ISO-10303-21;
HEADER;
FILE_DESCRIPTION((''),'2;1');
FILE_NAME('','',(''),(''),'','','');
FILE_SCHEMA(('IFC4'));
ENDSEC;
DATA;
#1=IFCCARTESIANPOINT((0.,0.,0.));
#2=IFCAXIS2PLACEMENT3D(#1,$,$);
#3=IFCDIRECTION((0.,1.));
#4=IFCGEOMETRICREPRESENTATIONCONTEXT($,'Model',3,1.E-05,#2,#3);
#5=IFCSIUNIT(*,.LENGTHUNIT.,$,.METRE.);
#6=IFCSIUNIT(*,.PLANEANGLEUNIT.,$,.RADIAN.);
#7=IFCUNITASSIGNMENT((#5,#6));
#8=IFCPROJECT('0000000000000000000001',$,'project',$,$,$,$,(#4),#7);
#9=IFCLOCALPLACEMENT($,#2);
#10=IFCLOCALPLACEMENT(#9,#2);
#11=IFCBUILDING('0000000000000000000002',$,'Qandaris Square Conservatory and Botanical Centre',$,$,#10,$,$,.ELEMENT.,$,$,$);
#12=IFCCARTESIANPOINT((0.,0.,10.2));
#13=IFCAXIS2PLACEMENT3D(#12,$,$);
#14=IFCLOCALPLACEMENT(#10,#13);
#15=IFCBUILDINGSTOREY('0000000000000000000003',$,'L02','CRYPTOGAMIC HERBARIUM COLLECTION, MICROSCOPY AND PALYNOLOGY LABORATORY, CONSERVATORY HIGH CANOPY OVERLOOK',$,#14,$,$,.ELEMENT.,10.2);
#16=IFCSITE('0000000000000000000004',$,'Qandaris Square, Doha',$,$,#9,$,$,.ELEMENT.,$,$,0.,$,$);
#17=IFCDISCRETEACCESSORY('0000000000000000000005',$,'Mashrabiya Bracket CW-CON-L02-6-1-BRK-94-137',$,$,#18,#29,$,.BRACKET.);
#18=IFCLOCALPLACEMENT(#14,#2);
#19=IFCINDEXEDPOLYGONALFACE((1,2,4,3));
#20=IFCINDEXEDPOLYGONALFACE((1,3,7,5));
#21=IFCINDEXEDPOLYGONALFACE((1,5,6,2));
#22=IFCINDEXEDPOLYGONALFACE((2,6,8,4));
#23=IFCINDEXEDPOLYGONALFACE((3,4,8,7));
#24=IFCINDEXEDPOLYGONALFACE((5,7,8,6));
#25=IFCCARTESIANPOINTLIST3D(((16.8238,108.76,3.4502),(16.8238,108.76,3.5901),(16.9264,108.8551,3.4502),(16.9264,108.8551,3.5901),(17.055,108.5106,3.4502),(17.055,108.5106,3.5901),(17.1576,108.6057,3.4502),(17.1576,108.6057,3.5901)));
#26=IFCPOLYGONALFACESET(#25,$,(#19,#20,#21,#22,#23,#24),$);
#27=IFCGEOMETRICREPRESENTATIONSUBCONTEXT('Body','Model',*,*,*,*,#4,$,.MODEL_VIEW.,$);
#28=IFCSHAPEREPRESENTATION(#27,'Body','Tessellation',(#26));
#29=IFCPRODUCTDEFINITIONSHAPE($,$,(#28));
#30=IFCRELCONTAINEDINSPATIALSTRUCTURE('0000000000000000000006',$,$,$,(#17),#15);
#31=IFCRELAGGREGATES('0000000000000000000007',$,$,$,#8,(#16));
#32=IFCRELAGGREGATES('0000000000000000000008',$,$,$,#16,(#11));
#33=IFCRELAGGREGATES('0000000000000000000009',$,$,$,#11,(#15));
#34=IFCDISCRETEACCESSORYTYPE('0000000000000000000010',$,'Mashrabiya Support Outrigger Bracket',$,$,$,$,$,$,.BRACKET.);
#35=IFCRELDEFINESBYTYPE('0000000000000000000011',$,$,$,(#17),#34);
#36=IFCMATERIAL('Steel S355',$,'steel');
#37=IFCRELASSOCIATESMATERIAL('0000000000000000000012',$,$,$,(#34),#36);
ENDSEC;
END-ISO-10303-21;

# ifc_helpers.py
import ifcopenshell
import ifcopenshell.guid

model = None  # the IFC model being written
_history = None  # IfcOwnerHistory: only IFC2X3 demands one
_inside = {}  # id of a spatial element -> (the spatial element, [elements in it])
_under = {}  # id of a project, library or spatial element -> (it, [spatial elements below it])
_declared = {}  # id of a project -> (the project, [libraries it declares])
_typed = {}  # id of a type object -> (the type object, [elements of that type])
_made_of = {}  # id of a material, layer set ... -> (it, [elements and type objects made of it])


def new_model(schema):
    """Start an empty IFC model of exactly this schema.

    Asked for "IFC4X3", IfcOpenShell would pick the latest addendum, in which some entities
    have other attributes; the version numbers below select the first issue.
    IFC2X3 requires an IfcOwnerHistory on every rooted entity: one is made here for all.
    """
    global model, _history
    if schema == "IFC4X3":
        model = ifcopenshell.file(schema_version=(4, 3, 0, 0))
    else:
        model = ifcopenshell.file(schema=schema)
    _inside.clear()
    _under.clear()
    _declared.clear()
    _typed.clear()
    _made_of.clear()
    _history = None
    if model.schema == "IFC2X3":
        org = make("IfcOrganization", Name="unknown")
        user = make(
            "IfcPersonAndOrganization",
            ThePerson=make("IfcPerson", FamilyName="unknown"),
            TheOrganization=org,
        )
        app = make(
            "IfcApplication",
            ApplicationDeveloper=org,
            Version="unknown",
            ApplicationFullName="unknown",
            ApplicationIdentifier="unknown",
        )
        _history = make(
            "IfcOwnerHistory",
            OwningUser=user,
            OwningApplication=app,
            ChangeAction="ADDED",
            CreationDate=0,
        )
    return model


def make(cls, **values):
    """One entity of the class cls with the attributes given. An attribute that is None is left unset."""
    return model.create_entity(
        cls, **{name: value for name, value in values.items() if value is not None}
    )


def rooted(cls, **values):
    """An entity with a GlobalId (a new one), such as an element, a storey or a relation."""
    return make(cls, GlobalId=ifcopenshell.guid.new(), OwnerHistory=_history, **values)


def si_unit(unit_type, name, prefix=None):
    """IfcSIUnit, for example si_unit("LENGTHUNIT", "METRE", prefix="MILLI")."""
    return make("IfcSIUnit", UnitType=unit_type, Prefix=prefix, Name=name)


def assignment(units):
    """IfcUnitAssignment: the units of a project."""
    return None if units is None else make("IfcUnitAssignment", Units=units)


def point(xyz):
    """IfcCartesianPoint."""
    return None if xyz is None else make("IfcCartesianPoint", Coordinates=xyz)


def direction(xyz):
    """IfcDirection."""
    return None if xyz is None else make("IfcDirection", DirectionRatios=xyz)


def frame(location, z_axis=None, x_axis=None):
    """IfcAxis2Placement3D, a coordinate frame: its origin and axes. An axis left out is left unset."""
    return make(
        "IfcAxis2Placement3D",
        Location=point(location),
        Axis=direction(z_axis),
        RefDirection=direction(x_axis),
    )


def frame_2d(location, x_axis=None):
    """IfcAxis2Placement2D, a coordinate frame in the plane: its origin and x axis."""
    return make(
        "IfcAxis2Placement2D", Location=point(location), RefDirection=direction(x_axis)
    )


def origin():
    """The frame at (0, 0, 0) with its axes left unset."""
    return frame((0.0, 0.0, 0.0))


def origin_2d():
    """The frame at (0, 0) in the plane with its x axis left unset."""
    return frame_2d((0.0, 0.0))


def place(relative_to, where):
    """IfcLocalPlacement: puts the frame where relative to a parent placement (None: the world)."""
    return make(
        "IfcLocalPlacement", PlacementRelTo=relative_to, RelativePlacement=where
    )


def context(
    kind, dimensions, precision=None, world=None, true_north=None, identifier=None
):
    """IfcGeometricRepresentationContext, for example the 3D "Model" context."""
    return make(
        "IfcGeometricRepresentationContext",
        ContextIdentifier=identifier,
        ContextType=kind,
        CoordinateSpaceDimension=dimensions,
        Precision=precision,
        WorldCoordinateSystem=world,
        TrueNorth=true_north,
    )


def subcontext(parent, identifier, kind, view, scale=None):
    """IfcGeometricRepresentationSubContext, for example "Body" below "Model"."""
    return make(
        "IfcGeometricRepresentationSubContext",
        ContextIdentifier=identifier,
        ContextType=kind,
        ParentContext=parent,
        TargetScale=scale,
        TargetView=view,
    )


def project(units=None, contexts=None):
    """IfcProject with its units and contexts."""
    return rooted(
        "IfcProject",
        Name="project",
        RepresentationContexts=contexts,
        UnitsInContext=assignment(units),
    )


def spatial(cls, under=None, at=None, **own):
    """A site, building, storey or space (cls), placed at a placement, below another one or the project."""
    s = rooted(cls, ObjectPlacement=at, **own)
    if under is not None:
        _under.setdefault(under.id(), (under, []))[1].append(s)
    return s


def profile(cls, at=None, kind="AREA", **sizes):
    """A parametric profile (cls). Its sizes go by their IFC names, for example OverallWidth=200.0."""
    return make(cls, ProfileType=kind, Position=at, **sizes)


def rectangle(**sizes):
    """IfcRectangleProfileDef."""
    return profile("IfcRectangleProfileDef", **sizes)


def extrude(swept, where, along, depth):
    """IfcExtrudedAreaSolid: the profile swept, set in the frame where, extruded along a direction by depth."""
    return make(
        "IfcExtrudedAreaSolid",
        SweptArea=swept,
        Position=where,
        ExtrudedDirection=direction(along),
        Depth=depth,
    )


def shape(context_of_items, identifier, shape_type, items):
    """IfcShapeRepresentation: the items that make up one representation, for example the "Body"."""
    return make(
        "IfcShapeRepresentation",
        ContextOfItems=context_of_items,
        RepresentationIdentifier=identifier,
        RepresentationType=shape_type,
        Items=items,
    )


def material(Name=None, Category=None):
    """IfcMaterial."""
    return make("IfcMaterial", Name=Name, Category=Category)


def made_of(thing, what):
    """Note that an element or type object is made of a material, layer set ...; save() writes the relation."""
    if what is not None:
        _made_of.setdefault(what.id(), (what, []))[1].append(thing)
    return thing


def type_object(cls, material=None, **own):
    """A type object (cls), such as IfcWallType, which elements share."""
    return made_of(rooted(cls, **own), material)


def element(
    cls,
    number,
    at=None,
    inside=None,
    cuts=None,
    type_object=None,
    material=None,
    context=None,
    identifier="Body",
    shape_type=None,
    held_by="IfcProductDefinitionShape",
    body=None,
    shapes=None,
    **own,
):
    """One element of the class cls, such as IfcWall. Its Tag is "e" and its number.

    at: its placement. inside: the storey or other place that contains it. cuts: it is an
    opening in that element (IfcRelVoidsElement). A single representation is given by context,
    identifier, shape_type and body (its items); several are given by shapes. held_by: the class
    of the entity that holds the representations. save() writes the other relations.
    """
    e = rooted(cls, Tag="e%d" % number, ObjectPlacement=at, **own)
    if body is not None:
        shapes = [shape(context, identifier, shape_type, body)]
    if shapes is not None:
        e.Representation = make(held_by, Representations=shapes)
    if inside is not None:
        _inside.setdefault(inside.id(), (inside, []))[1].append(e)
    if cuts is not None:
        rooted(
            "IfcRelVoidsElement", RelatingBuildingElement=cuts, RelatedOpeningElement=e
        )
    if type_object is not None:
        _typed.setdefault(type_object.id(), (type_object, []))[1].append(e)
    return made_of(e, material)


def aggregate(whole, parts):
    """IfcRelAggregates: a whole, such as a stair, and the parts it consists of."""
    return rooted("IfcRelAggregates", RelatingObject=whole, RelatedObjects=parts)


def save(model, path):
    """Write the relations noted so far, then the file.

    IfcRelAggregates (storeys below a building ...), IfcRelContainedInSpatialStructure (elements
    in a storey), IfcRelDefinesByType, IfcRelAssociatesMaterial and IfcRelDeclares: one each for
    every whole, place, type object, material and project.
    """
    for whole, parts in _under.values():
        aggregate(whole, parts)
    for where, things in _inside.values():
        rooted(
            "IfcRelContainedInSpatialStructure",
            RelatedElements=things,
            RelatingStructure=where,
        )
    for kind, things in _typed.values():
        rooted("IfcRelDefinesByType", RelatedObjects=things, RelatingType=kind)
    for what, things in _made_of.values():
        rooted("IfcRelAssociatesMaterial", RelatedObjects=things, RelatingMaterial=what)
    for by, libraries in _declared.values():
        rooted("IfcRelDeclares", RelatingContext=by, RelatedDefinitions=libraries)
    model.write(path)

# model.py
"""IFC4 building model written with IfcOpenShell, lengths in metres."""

from ifc_helpers import new_model, si_unit, direction, frame, origin, origin_2d, place, context, subcontext, project, spatial, rectangle, extrude, material, type_object, element, save


model = new_model("IFC4")

# Units and contexts
model_context = context("Model", 3, precision=1e-05, world=origin(), true_north=direction((0.0, 1.0)))
body_context = subcontext(model_context, "Body", "Model", "MODEL_VIEW")
ifc_project = project(units=[si_unit("LENGTHUNIT", "METRE"), si_unit("PLANEANGLEUNIT", "RADIAN")], contexts=[model_context])

# Site, building, storey
site_placement = place(None, origin())
site = spatial("IfcSite", under=ifc_project, at=site_placement, Name="Qandaris Square, Doha", CompositionType="ELEMENT", RefElevation=0.0)
building_placement = place(site_placement, origin())
building = spatial("IfcBuilding", under=site, at=building_placement, Name="Qandaris Square Conservatory and Botanical Centre", CompositionType="ELEMENT")
storey_placement = place(building_placement, frame((0.0, 0.0, 10.2)))
storey = spatial("IfcBuildingStorey", under=building, at=storey_placement, Name="L02", Description="CRYPTOGAMIC HERBARIUM COLLECTION, MICROSCOPY AND PALYNOLOGY LABORATORY, CONSERVATORY HIGH CANOPY OVERLOOK", CompositionType="ELEMENT", Elevation=10.2)

# Discrete accessory
ifc_material_1 = material(Name="Steel S355", Category="steel")
discrete_accessory_type = type_object("IfcDiscreteAccessoryType", Name="Mashrabiya Support Outrigger Bracket", PredefinedType="BRACKET", material=ifc_material_1)
for number, where, z_axis, x_axis, name in (
    (1, (16.9907, 108.6829, 3.4502), (0.0, 0.0, 1.0), (-0.733433, -0.679762, 0.0), "Mashrabiya Bracket CW-CON-L02-6-1-BRK-94-137"),
):
    element("IfcDiscreteAccessory", number, at=place(storey_placement, frame(where, z_axis=z_axis, x_axis=x_axis)), inside=storey, type_object=discrete_accessory_type, Name=name, PredefinedType="BRACKET", context=body_context, shape_type="SweptSolid", body=[
        extrude(rectangle(XDim=0.1399, YDim=0.3401, at=origin_2d()), origin(), (0.0, 0.0, 1.0), 0.1399),
    ])

save(model, "model.ifc")
